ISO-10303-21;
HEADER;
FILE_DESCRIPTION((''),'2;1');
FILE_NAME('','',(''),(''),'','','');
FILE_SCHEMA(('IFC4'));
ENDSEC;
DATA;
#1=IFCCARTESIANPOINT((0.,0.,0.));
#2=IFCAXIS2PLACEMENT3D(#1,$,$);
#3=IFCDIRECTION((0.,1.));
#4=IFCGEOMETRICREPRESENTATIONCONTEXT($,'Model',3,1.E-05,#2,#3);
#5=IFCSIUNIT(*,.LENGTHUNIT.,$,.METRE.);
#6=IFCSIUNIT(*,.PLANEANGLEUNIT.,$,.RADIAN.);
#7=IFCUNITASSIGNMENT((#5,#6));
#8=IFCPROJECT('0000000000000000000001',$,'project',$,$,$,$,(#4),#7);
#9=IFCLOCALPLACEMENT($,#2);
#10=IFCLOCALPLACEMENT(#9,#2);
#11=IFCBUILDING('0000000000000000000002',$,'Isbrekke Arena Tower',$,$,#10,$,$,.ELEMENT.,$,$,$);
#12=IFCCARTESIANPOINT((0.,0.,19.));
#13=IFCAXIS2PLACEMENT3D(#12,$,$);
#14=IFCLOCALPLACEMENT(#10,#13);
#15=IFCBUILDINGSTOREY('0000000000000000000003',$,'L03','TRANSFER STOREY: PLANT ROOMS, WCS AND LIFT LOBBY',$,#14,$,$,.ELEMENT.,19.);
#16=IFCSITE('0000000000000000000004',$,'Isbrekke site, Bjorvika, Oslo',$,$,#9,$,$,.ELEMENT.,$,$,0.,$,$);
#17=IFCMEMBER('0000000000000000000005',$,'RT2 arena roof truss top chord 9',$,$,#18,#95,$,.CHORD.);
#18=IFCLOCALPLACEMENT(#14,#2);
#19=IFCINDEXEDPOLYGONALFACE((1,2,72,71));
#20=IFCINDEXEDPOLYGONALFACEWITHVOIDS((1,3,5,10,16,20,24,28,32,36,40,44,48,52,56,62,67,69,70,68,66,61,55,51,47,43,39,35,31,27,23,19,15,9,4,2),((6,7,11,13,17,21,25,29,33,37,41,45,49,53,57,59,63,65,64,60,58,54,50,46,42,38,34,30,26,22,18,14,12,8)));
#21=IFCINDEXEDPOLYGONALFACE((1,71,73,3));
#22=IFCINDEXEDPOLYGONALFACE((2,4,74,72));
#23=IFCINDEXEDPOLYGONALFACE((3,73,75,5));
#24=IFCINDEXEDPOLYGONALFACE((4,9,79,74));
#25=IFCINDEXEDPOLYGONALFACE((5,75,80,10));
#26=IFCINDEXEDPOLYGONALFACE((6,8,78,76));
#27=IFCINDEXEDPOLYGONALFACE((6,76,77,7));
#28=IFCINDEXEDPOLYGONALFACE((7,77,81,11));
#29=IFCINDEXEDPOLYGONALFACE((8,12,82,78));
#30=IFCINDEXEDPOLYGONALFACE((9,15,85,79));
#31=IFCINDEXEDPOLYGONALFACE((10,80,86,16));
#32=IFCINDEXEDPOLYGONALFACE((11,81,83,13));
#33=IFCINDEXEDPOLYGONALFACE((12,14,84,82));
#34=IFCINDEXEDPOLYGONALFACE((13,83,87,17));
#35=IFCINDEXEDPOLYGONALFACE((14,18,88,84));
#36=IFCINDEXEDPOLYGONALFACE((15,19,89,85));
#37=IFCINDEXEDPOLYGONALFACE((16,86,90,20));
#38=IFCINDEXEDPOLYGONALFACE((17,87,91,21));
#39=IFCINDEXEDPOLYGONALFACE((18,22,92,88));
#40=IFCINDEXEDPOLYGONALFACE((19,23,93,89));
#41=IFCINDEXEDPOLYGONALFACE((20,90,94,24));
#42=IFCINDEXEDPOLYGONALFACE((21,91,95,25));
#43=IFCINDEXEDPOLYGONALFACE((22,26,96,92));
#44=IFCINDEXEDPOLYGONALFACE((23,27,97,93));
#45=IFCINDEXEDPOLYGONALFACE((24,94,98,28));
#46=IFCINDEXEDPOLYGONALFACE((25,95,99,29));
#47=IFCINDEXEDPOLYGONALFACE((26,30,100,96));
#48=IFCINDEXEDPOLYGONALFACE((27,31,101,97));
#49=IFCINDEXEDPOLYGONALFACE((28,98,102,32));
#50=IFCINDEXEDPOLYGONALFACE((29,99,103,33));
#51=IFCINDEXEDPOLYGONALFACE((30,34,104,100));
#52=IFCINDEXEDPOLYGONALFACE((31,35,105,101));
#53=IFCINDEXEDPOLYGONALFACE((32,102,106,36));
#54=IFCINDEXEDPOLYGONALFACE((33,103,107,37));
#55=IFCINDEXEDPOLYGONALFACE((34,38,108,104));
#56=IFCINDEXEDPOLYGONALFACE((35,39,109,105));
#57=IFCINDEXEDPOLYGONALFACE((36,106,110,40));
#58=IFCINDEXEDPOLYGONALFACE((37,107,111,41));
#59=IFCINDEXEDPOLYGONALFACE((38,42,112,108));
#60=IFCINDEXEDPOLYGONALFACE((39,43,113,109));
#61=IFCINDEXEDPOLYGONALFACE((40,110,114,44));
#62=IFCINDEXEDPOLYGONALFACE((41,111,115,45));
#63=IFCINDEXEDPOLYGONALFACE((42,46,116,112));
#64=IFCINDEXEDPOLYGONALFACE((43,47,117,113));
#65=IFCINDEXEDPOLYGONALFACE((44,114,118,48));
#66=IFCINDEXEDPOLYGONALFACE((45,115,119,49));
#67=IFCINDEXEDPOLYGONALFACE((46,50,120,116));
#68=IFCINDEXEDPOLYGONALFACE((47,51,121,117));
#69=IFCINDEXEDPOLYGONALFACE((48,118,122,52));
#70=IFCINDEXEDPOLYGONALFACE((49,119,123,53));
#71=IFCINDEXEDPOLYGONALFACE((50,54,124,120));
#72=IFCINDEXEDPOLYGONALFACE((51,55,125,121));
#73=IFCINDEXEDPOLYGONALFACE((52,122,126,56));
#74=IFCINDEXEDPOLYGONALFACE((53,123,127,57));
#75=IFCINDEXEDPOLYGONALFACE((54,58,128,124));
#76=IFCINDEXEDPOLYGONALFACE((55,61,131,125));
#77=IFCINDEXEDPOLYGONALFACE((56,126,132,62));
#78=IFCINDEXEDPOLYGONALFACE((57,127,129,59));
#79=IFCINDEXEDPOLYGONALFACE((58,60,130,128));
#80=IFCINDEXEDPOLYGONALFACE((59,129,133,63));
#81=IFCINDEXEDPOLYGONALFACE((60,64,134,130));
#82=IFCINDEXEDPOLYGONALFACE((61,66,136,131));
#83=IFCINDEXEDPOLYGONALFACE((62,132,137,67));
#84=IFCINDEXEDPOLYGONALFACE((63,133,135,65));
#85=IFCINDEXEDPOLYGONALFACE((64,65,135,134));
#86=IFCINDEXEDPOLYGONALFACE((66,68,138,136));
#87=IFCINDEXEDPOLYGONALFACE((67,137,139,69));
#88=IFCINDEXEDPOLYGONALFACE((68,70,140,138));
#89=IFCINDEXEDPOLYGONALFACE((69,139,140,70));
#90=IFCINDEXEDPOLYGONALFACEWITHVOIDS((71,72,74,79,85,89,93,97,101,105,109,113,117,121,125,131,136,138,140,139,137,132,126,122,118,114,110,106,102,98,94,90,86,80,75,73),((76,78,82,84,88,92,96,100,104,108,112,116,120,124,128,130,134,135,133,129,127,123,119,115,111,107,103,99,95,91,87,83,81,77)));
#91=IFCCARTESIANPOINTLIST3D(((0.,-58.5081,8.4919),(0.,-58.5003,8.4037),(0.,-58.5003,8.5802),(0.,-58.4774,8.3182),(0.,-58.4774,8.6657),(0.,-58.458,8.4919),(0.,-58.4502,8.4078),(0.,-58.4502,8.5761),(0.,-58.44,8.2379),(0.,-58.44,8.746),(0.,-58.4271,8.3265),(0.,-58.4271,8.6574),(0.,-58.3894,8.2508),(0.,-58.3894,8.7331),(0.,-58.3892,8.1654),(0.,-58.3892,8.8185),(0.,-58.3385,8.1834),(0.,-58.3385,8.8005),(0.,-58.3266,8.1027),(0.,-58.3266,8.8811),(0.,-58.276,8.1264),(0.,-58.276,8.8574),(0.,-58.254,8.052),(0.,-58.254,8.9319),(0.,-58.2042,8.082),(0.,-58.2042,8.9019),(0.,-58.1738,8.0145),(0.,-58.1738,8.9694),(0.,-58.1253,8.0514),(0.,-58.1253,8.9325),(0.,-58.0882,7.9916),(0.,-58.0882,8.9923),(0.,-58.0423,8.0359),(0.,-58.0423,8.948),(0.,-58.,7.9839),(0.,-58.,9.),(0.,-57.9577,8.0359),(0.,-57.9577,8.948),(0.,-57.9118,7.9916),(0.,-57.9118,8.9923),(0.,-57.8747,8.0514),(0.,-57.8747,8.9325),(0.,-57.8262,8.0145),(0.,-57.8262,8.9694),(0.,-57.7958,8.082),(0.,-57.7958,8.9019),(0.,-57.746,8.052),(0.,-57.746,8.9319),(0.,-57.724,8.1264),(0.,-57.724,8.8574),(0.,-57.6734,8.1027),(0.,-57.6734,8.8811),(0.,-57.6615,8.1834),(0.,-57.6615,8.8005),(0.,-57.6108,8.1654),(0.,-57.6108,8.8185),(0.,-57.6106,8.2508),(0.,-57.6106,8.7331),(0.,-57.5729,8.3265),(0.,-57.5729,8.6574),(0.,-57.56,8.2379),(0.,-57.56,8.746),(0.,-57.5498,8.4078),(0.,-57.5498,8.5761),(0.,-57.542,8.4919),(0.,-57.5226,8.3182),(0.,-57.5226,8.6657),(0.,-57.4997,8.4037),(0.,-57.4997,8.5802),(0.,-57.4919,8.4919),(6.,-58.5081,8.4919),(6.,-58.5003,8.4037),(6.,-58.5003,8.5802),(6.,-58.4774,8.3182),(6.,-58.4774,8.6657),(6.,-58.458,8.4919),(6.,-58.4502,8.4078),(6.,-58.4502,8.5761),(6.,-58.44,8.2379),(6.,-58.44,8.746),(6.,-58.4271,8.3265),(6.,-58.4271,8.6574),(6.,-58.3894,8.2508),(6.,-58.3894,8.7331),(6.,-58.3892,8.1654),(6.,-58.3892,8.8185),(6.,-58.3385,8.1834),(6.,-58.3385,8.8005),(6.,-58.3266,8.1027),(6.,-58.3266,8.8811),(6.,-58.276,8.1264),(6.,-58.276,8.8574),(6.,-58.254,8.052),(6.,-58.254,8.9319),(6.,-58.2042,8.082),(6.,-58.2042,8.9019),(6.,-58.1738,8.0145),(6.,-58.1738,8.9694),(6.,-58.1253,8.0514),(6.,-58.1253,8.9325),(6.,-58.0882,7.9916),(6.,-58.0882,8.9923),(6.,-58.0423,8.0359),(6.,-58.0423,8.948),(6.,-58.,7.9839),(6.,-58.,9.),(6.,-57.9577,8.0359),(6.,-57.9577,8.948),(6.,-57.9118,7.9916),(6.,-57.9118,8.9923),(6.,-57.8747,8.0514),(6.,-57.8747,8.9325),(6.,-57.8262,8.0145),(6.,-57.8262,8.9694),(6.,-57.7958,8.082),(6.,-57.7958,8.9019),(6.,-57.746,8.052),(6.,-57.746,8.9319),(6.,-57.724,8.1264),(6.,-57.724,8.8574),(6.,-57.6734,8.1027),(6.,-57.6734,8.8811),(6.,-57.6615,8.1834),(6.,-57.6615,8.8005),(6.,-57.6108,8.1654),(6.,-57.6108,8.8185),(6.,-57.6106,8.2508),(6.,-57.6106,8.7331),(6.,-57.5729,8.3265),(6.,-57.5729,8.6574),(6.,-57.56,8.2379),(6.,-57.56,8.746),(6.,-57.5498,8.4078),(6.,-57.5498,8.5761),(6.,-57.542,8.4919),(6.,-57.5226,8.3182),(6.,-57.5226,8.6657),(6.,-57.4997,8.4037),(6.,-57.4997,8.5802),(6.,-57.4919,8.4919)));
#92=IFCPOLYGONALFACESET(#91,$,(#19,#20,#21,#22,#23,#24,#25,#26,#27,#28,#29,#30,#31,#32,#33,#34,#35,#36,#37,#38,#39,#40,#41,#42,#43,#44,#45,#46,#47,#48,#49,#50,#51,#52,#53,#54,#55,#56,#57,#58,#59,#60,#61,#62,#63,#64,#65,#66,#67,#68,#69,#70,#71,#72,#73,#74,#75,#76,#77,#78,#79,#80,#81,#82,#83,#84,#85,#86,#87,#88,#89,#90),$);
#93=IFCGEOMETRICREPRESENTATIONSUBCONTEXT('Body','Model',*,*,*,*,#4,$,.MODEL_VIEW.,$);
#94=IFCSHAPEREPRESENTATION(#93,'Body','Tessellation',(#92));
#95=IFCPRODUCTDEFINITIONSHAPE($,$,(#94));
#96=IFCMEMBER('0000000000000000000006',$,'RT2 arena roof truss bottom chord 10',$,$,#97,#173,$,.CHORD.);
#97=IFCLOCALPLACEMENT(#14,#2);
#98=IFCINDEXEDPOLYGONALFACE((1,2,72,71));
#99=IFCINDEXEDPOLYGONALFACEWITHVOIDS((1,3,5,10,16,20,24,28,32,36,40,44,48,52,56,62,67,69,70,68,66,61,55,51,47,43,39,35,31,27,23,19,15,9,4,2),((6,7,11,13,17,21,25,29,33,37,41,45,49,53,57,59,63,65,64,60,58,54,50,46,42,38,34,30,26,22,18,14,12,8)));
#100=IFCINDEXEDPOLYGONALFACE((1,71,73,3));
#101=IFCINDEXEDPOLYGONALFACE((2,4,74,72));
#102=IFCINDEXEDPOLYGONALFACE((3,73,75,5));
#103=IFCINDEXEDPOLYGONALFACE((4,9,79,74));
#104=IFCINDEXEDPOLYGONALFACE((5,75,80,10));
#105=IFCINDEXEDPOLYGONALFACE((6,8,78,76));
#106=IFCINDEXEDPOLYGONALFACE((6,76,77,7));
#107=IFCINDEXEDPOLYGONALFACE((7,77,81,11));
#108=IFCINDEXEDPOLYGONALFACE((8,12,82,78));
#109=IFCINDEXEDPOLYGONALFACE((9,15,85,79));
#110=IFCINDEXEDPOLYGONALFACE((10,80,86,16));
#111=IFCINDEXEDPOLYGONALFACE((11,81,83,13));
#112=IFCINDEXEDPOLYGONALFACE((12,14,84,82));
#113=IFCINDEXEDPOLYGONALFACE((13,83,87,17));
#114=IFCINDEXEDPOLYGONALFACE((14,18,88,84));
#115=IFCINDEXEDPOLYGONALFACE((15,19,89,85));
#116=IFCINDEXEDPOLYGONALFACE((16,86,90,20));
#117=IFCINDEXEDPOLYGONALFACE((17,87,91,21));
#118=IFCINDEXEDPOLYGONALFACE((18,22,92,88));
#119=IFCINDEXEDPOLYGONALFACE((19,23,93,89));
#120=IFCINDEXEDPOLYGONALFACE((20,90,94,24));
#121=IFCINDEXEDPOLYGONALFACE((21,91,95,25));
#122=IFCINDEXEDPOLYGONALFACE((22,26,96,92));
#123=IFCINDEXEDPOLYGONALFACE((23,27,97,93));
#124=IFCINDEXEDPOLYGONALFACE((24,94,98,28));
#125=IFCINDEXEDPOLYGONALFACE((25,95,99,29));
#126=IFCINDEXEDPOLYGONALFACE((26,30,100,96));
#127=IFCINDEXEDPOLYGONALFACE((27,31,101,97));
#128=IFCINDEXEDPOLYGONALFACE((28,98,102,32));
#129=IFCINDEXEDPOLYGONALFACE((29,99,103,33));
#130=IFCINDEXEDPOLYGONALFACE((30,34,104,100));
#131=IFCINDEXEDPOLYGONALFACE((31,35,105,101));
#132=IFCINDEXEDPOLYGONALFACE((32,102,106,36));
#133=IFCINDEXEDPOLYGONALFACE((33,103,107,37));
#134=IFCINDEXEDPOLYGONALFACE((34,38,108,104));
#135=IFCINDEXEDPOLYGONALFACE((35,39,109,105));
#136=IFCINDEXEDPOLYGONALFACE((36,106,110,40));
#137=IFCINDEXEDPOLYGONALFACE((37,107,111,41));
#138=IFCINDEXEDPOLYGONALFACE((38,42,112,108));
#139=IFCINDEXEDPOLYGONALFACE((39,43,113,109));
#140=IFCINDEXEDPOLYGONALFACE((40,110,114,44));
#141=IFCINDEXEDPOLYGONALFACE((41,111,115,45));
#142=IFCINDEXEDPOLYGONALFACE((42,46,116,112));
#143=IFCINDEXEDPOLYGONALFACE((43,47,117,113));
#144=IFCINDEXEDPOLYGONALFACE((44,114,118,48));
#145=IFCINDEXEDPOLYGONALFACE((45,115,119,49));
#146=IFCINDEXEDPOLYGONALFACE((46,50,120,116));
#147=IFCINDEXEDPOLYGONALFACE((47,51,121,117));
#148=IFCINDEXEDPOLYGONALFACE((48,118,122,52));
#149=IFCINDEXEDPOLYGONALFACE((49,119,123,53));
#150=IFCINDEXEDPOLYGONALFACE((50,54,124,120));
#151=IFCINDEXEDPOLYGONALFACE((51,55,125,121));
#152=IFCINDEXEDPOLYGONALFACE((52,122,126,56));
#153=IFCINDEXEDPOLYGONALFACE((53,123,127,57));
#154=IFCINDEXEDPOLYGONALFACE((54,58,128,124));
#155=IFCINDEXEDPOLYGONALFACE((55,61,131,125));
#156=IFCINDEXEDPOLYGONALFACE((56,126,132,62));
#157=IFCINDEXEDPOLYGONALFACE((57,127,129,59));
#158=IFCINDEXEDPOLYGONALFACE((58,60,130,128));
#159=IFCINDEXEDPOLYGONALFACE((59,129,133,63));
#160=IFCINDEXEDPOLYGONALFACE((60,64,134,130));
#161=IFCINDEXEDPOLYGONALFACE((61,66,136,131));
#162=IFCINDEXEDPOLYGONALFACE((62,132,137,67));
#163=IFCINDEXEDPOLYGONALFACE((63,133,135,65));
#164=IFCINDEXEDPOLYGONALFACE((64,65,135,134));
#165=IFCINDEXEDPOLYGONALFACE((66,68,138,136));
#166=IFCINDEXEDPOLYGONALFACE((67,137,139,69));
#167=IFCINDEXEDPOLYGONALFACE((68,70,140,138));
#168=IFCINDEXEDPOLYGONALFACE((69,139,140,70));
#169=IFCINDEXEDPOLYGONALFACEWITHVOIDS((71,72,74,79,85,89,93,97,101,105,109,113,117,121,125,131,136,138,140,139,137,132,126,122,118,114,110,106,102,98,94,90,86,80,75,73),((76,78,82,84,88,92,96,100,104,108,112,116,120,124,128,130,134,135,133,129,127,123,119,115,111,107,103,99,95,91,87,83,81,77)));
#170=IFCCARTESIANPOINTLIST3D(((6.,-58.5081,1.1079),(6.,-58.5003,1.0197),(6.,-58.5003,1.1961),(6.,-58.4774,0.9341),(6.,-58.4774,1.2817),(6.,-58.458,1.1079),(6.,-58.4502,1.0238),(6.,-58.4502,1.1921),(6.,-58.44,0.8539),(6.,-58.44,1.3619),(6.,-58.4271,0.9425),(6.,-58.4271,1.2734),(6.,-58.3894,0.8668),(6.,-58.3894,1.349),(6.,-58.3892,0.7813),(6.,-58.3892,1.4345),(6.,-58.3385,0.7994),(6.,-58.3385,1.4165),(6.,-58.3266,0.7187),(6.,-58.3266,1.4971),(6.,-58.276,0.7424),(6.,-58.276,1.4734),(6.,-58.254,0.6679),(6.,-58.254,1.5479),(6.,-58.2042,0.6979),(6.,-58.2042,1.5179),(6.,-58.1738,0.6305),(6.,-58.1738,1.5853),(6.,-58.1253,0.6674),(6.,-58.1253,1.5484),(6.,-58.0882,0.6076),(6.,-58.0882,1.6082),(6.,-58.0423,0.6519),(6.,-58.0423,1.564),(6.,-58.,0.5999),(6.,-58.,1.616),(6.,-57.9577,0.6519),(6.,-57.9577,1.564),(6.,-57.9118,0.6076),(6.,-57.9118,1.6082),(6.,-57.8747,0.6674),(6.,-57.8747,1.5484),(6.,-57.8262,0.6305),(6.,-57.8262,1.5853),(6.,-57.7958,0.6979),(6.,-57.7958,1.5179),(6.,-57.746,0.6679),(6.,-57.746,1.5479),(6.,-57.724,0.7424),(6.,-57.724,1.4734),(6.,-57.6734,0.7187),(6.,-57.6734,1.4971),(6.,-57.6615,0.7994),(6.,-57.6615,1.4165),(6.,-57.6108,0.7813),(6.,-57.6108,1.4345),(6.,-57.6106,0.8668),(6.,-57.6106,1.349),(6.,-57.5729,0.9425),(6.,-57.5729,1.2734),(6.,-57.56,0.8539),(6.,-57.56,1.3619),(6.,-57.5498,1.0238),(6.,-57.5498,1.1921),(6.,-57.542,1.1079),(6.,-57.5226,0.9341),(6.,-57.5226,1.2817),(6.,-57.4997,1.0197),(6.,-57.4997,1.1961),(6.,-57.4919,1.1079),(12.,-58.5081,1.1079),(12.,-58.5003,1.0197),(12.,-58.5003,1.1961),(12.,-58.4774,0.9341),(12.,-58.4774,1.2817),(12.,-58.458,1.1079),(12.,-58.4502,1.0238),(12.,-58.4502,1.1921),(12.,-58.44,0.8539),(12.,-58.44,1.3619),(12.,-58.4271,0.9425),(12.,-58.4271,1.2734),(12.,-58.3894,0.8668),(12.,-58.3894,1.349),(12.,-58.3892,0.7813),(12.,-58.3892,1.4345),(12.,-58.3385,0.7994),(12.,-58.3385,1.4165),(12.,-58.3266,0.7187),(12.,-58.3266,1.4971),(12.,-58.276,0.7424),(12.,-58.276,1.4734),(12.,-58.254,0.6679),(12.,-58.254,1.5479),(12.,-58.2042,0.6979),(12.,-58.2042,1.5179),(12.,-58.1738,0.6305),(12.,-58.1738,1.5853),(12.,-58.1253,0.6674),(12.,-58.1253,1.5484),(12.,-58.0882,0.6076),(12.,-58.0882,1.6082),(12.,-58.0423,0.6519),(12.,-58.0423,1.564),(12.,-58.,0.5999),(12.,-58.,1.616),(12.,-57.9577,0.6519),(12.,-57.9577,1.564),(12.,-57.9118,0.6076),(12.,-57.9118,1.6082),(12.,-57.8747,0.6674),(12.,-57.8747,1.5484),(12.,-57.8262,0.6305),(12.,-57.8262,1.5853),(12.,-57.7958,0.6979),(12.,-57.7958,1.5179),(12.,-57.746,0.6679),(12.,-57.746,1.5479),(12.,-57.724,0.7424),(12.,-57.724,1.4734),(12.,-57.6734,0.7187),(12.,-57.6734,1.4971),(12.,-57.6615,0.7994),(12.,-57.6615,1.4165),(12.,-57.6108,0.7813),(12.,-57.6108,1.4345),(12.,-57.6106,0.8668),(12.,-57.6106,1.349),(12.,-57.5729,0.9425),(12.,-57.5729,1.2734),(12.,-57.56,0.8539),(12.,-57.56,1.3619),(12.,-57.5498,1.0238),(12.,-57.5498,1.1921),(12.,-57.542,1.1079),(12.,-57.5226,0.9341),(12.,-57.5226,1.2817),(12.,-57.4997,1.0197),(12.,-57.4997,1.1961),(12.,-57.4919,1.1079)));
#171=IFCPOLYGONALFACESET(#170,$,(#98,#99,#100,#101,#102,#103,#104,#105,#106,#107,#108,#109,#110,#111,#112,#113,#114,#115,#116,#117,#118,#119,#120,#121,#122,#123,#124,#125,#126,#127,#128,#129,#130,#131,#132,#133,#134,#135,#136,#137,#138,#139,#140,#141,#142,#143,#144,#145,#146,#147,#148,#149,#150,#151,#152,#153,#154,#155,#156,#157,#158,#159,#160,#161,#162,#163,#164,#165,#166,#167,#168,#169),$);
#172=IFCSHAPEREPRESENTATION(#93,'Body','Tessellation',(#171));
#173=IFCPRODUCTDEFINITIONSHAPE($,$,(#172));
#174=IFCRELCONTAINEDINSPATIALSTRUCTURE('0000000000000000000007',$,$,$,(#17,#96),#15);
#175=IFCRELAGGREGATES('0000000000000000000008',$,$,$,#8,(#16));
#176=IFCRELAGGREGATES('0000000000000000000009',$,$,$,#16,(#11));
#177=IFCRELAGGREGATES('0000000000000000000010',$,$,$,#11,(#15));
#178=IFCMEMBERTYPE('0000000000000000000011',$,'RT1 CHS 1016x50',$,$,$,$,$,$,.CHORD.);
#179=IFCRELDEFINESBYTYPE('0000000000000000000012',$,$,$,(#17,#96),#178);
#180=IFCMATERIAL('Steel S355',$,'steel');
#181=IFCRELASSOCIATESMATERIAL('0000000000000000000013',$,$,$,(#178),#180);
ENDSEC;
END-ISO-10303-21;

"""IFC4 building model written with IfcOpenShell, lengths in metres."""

from ifc_helpers import new_model, si_unit, direction, frame, origin, origin_2d, place, context, subcontext, project, spatial, hollow_circle, extrude, material, material_profile, profile_set, type_object, element, save


model = new_model("IFC4")

# Units and contexts
model_context = context("Model", 3, precision=1e-05, world=origin(), true_north=direction((0.0, 1.0)))
body_context = subcontext(model_context, "Body", "Model", "MODEL_VIEW")
ifc_project = project(units=[si_unit("LENGTHUNIT", "METRE"), si_unit("PLANEANGLEUNIT", "RADIAN")], contexts=[model_context])

# Site, building, storey
site_placement = place(None, origin())
site = spatial("IfcSite", under=ifc_project, at=site_placement, Name="Isbrekke site, Bjorvika, Oslo", CompositionType="ELEMENT", RefElevation=0.0)
building_placement = place(site_placement, origin())
building = spatial("IfcBuilding", under=site, at=building_placement, Name="Isbrekke Arena Tower", CompositionType="ELEMENT")
storey_placement = place(building_placement, frame((0.0, 0.0, 19.0)))
storey = spatial("IfcBuildingStorey", under=building, at=storey_placement, Name="L03", Description="TRANSFER STOREY: PLANT ROOMS, WCS AND LIFT LOBBY", CompositionType="ELEMENT", Elevation=19.0)

# Members
ifc_material_1 = material(Name="Steel S355", Category="steel")
ifc_material_profile_1 = material_profile(ifc_material_1, hollow_circle(Radius=0.5081, WallThickness=0.05, at=origin_2d()), Name="CHS 1016x50")
ifc_profile_set_1 = profile_set([ifc_material_profile_1], Name="Steel S355")
member_type_1 = type_object("IfcMemberType", Name="RT1 CHS 1016x50", PredefinedType="CHORD", material=ifc_profile_set_1)
for number, where, z_axis, x_axis, name in (
    (1, (0.0, -58.0, 8.4919), (1.0, 0.0, 0.0), (0.0, 1.0, 0.0), "RT2 arena roof truss top chord 9"),
    (2, (6.0, -58.0, 1.1079), (1.0, 0.0, 0.0), (0.0, 1.0, 0.0), "RT2 arena roof truss bottom chord 10"),
):
    element("IfcMember", number, at=place(storey_placement, frame(where, z_axis=z_axis, x_axis=x_axis)), inside=storey, type_object=member_type_1, Name=name, PredefinedType="CHORD", context=body_context, shape_type="SweptSolid", body=[
        extrude(hollow_circle(Radius=0.5081, WallThickness=0.05, at=origin_2d()), origin(), (0.0, 0.0, 1.0), 6.0),
    ])

save(model, "model.ifc")
